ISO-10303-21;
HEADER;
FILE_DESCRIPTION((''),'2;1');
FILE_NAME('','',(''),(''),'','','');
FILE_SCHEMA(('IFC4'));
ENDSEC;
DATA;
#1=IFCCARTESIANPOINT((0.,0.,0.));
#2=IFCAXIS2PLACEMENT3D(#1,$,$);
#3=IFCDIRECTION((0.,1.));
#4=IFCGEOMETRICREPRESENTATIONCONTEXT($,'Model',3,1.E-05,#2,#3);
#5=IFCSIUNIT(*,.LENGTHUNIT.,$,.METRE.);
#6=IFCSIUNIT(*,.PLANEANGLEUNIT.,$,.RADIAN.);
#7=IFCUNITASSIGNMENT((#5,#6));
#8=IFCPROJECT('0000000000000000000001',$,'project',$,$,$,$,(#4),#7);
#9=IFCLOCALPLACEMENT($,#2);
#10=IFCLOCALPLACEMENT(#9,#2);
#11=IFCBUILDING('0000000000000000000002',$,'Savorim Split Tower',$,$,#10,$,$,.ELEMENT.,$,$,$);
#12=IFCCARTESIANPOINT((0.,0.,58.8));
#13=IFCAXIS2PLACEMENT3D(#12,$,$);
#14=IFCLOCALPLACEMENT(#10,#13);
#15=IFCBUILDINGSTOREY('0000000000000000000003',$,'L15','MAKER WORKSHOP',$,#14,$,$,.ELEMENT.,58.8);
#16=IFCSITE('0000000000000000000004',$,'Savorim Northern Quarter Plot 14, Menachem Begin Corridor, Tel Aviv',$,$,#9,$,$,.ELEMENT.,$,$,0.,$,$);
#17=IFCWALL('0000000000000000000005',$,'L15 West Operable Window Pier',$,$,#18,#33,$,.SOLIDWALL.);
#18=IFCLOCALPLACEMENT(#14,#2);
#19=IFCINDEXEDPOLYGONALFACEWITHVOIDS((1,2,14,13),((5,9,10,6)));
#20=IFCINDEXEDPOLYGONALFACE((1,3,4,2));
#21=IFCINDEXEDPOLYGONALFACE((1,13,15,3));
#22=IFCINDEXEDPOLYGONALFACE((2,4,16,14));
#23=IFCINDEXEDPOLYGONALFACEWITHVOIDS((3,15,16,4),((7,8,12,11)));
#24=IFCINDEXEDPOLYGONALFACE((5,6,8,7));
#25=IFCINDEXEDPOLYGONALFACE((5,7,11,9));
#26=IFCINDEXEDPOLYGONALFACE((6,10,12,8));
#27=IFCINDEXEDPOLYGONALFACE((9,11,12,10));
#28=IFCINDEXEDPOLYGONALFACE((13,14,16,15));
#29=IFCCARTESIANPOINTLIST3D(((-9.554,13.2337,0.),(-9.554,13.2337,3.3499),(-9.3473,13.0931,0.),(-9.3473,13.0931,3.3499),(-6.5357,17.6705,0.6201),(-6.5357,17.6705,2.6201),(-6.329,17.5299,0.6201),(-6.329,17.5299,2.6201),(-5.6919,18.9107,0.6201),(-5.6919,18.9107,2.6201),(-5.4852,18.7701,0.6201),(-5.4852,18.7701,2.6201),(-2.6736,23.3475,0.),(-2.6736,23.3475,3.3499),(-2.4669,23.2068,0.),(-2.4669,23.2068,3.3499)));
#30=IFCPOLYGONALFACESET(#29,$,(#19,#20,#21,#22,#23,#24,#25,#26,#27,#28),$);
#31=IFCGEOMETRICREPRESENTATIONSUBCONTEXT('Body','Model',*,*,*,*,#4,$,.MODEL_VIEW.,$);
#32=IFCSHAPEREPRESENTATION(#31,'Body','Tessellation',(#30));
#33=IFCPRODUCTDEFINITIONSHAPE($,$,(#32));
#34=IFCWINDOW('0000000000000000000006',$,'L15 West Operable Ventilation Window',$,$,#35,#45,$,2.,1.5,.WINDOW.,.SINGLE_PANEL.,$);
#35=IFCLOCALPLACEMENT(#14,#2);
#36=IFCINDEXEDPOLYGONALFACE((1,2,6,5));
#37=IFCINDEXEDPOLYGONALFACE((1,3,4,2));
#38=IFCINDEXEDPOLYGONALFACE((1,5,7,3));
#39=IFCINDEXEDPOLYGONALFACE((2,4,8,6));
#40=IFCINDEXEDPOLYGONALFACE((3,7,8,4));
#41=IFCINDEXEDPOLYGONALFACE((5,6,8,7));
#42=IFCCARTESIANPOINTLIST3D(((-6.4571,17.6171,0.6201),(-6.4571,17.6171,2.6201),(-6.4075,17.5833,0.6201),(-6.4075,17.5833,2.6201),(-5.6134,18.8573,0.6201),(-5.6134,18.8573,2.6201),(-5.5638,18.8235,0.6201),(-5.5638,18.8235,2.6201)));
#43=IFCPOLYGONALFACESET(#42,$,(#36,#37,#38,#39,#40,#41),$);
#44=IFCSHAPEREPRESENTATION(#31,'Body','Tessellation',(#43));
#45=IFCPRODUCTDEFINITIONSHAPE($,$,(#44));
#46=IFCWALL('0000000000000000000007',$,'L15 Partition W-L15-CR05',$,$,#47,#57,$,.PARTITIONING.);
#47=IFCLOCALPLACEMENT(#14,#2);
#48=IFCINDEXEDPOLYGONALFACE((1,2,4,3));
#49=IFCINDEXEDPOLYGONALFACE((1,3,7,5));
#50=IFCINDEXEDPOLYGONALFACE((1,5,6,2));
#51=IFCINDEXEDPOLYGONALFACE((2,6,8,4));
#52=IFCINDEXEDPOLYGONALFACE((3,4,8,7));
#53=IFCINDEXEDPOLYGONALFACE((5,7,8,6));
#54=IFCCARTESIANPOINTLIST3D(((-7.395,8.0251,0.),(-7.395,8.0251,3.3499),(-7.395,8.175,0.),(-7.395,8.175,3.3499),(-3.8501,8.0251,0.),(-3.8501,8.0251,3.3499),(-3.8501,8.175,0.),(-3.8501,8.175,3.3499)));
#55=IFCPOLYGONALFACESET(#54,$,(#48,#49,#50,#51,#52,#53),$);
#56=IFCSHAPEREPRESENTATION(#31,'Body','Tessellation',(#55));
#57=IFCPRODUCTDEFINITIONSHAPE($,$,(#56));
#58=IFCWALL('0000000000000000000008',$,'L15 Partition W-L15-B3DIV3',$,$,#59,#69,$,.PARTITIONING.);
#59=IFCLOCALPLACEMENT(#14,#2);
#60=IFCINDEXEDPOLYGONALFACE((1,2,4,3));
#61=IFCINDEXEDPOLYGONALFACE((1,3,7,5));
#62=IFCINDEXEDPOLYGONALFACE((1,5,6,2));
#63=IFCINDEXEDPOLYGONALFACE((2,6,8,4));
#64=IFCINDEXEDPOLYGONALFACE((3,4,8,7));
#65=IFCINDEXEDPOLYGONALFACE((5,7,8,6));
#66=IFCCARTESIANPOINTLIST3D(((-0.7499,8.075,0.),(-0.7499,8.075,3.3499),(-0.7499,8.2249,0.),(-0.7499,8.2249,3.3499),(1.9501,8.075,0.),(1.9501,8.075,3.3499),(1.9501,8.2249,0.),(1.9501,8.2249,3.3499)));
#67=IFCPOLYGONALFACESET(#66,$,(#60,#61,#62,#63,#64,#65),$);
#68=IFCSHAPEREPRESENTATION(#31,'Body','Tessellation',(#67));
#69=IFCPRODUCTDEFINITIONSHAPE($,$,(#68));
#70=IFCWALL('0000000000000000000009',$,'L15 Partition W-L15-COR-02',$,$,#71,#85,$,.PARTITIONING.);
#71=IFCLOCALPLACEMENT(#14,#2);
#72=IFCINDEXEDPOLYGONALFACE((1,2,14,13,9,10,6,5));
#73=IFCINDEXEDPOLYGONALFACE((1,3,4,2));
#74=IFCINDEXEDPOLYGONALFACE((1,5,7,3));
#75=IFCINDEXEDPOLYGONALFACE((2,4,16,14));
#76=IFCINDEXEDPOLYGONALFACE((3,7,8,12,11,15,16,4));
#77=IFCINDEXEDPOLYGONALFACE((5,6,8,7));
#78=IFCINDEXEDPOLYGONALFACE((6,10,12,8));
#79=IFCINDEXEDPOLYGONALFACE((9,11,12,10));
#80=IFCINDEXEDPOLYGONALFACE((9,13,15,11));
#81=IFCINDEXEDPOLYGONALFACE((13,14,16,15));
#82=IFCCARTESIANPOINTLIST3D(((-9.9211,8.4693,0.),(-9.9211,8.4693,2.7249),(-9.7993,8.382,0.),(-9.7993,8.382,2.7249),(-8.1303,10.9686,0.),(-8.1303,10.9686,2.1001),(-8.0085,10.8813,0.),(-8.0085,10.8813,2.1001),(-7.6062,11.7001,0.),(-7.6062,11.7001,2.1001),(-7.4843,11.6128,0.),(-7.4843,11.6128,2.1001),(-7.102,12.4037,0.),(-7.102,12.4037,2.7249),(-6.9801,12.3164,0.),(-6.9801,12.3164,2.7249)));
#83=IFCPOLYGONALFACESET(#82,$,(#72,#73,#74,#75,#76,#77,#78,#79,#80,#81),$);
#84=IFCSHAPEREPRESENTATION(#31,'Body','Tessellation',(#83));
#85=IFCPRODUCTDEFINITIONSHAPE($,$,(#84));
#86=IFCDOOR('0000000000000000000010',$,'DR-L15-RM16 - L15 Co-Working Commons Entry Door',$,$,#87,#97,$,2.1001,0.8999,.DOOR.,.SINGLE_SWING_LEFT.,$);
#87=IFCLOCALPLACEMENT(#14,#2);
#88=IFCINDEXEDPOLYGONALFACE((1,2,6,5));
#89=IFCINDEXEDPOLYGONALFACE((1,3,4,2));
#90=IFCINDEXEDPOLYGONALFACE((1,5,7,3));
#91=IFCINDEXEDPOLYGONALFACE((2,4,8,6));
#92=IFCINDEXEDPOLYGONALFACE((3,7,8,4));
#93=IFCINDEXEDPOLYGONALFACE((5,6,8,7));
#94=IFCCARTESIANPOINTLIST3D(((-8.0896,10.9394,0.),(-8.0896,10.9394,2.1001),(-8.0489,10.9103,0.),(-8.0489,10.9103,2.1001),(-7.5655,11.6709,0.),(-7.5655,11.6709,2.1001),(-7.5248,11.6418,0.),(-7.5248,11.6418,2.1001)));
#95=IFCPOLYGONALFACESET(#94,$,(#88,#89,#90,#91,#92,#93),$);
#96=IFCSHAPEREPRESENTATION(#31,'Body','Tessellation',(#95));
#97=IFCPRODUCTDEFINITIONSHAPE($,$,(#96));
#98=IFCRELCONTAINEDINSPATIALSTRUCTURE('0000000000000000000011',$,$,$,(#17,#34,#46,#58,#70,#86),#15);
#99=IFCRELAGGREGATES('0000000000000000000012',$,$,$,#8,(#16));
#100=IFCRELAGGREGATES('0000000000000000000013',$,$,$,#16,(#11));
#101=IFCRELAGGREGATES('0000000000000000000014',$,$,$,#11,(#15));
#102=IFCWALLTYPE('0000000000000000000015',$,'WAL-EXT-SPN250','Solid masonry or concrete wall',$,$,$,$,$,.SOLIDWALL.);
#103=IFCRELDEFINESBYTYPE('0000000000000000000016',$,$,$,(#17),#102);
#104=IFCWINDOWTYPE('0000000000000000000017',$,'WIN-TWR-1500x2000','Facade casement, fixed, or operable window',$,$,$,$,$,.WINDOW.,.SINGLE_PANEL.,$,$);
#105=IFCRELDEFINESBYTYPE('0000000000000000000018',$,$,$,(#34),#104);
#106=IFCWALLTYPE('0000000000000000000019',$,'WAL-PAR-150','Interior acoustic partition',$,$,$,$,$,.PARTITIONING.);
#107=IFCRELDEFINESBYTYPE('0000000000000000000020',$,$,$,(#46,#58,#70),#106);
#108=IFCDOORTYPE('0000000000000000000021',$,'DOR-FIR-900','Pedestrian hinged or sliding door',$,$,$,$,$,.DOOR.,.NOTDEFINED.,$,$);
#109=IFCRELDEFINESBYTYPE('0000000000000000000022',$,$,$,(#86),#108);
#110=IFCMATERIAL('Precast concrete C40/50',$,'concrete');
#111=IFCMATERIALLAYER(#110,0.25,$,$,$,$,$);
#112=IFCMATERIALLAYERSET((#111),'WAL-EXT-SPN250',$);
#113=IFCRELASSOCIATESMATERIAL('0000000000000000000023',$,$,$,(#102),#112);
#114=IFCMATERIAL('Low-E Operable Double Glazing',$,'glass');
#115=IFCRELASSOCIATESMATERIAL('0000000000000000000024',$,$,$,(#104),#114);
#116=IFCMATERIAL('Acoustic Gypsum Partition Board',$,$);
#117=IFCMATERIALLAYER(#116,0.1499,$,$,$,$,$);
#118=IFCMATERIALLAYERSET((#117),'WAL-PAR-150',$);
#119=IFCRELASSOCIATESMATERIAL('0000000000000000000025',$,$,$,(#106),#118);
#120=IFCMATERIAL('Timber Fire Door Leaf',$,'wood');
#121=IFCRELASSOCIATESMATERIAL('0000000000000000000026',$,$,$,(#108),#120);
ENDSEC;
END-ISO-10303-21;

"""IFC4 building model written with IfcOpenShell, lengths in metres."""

from ifc_helpers import new_model, si_unit, direction, frame, frame_2d, origin, place, context, subcontext, project, spatial, rectangle, extrude, material, layer, layer_set, type_object, element, fill, save


model = new_model("IFC4")

# Units and contexts
model_context = context("Model", 3, precision=1e-05, world=origin(), true_north=direction((0.0, 1.0)))
body_context = subcontext(model_context, "Body", "Model", "MODEL_VIEW")
ifc_project = project(units=[si_unit("LENGTHUNIT", "METRE"), si_unit("PLANEANGLEUNIT", "RADIAN")], contexts=[model_context])

# Site, building, storey
site_placement = place(None, origin())
site = spatial("IfcSite", under=ifc_project, at=site_placement, Name="Savorim Northern Quarter Plot 14, Menachem Begin Corridor, Tel Aviv", CompositionType="ELEMENT", RefElevation=0.0)
building_placement = place(site_placement, origin())
building = spatial("IfcBuilding", under=site, at=building_placement, Name="Savorim Split Tower", CompositionType="ELEMENT")
storey_placement = place(building_placement, frame((0.0, 0.0, 58.8)))
storey = spatial("IfcBuildingStorey", under=building, at=storey_placement, Name="L15", Description="MAKER WORKSHOP", CompositionType="ELEMENT", Elevation=58.8)

# Shared definitions
ifc_material_1 = material(Name="Precast concrete C40/50", Category="concrete")

# Wall, opening, window
ifc_layer_1 = layer(ifc_material_1, 0.25)
ifc_layer_set_1 = layer_set([ifc_layer_1], Name="WAL-EXT-SPN250")
wall_type_1 = type_object("IfcWallType", Name="WAL-EXT-SPN250", Description="Solid masonry or concrete wall", PredefinedType="SOLIDWALL", material=ifc_layer_set_1)
wall_1_placement = place(storey_placement, frame((-9.4507, 13.1633, 0.0), z_axis=(0.0, 0.0, 1.0), x_axis=(0.562478, 0.826812, 0.0)))
wall_1 = element("IfcWall", 1, at=wall_1_placement, inside=storey, type_object=wall_type_1, Name="L15 West Operable Window Pier", PredefinedType="SOLIDWALL", context=body_context, shape_type="SweptSolid", body=[
    extrude(rectangle(XDim=12.2322, YDim=0.25, at=frame_2d((6.1162, 0.0))), origin(), (0.0, 0.0, 1.0), 3.3499),
])
opening_1_placement = place(wall_1_placement, frame((5.3662, 0.0, 0.6201)))
opening_1 = element("IfcOpeningElement", 2, at=opening_1_placement, cuts=wall_1, PredefinedType="OPENING", context=body_context, shape_type="SweptSolid", body=[
    extrude(rectangle(XDim=1.5, YDim=2.0, at=frame_2d((0.75, 1.0))), frame((0.0, 0.135, 0.0), z_axis=(0.0, -1.0, 0.0), x_axis=(1.0, 0.0, 0.0)), (0.0, 0.0, 1.0), 0.27),
])
ifc_material_2 = material(Name="Low-E Operable Double Glazing", Category="glass")
window_type = type_object("IfcWindowType", Name="WIN-TWR-1500x2000", Description="Facade casement, fixed, or operable window", PartitioningType="SINGLE_PANEL", PredefinedType="WINDOW", material=ifc_material_2)
window_placement = place(opening_1_placement, origin())
window = element("IfcWindow", 3, at=window_placement, inside=storey, type_object=window_type, Name="L15 West Operable Ventilation Window", OverallHeight=2.0, OverallWidth=1.5, PartitioningType="SINGLE_PANEL", PredefinedType="WINDOW", context=body_context, shape_type="SweptSolid", body=[
    extrude(rectangle(XDim=1.5, YDim=2.0, at=frame_2d((0.75, 1.0))), frame((0.0, 0.03, 0.0), z_axis=(0.0, -1.0, 0.0), x_axis=(1.0, 0.0, 0.0)), (0.0, 0.0, 1.0), 0.0601),
])
fill(opening_1, window)

# Walls
ifc_material_3 = material(Name="Acoustic Gypsum Partition Board")
ifc_layer_2 = layer(ifc_material_3, 0.1499)
ifc_layer_set_2 = layer_set([ifc_layer_2], Name="WAL-PAR-150")
wall_type_2 = type_object("IfcWallType", Name="WAL-PAR-150", Description="Interior acoustic partition", PredefinedType="PARTITIONING", material=ifc_layer_set_2)
wall_2_placement = place(storey_placement, frame((-7.395, 8.1001, 0.0), z_axis=(0.0, 0.0, 1.0), x_axis=(1.0, 0.0, 0.0)))
element("IfcWall", 4, at=wall_2_placement, inside=storey, type_object=wall_type_2, Name="L15 Partition W-L15-CR05", PredefinedType="PARTITIONING", context=body_context, shape_type="SweptSolid", body=[
    extrude(rectangle(XDim=3.5449, YDim=0.1499, at=frame_2d((1.7725, 0.0))), origin(), (0.0, 0.0, 1.0), 3.3499),
])
wall_3_placement = place(storey_placement, frame((-0.75, 8.1499, 0.0), z_axis=(0.0, 0.0, 1.0), x_axis=(1.0, 0.0, 0.0)))
element("IfcWall", 5, at=wall_3_placement, inside=storey, type_object=wall_type_2, Name="L15 Partition W-L15-B3DIV3", PredefinedType="PARTITIONING", context=body_context, shape_type="SweptSolid", body=[
    extrude(rectangle(XDim=2.7, YDim=0.1499, at=frame_2d((1.3501, 0.0))), origin(), (0.0, 0.0, 1.0), 3.3499),
])

# Wall, opening, door
wall_4_placement = place(storey_placement, frame((-9.8601, 8.4258, 0.0), z_axis=(0.0, 0.0, 1.0), x_axis=(0.58245, 0.812867, 0.0)))
wall_4 = element("IfcWall", 6, at=wall_4_placement, inside=storey, type_object=wall_type_2, Name="L15 Partition W-L15-COR-02", PredefinedType="PARTITIONING", context=body_context, shape_type="SweptSolid", body=[
    extrude(rectangle(XDim=4.8401, YDim=0.1499, at=frame_2d((2.4199, 0.0))), origin(), (0.0, 0.0, 1.0), 2.7249),
])
opening_2_placement = place(wall_4_placement, frame((3.0745, 0.0, 0.0)))
opening_2 = element("IfcOpeningElement", 7, at=opening_2_placement, cuts=wall_4, PredefinedType="OPENING", context=body_context, shape_type="SweptSolid", body=[
    extrude(rectangle(XDim=0.8999, YDim=2.1001, at=frame_2d((0.45, 1.05))), frame((0.0, 0.085, 0.0), z_axis=(0.0, -1.0, 0.0), x_axis=(1.0, 0.0, 0.0)), (0.0, 0.0, 1.0), 0.1699),
])
ifc_material_4 = material(Name="Timber Fire Door Leaf", Category="wood")
door_type_1 = type_object("IfcDoorType", Name="DOR-FIR-900", Description="Pedestrian hinged or sliding door", OperationType="NOTDEFINED", PredefinedType="DOOR", material=ifc_material_4)
door_1_placement = place(opening_2_placement, origin())
door_1 = element("IfcDoor", 8, at=door_1_placement, inside=storey, type_object=door_type_1, Name="DR-L15-RM16 - L15 Co-Working Commons Entry Door", OperationType="SINGLE_SWING_LEFT", OverallHeight=2.1001, OverallWidth=0.8999, PredefinedType="DOOR", context=body_context, shape_type="SweptSolid", body=[
    extrude(rectangle(XDim=0.8999, YDim=2.1001, at=frame_2d((0.45, 1.05))), frame((0.0, 0.0249, 0.0), z_axis=(0.0, -1.0, 0.0), x_axis=(1.0, 0.0, 0.0)), (0.0, 0.0, 1.0), 0.05),
])
fill(opening_2, door_1)

save(model, "model.ifc")
